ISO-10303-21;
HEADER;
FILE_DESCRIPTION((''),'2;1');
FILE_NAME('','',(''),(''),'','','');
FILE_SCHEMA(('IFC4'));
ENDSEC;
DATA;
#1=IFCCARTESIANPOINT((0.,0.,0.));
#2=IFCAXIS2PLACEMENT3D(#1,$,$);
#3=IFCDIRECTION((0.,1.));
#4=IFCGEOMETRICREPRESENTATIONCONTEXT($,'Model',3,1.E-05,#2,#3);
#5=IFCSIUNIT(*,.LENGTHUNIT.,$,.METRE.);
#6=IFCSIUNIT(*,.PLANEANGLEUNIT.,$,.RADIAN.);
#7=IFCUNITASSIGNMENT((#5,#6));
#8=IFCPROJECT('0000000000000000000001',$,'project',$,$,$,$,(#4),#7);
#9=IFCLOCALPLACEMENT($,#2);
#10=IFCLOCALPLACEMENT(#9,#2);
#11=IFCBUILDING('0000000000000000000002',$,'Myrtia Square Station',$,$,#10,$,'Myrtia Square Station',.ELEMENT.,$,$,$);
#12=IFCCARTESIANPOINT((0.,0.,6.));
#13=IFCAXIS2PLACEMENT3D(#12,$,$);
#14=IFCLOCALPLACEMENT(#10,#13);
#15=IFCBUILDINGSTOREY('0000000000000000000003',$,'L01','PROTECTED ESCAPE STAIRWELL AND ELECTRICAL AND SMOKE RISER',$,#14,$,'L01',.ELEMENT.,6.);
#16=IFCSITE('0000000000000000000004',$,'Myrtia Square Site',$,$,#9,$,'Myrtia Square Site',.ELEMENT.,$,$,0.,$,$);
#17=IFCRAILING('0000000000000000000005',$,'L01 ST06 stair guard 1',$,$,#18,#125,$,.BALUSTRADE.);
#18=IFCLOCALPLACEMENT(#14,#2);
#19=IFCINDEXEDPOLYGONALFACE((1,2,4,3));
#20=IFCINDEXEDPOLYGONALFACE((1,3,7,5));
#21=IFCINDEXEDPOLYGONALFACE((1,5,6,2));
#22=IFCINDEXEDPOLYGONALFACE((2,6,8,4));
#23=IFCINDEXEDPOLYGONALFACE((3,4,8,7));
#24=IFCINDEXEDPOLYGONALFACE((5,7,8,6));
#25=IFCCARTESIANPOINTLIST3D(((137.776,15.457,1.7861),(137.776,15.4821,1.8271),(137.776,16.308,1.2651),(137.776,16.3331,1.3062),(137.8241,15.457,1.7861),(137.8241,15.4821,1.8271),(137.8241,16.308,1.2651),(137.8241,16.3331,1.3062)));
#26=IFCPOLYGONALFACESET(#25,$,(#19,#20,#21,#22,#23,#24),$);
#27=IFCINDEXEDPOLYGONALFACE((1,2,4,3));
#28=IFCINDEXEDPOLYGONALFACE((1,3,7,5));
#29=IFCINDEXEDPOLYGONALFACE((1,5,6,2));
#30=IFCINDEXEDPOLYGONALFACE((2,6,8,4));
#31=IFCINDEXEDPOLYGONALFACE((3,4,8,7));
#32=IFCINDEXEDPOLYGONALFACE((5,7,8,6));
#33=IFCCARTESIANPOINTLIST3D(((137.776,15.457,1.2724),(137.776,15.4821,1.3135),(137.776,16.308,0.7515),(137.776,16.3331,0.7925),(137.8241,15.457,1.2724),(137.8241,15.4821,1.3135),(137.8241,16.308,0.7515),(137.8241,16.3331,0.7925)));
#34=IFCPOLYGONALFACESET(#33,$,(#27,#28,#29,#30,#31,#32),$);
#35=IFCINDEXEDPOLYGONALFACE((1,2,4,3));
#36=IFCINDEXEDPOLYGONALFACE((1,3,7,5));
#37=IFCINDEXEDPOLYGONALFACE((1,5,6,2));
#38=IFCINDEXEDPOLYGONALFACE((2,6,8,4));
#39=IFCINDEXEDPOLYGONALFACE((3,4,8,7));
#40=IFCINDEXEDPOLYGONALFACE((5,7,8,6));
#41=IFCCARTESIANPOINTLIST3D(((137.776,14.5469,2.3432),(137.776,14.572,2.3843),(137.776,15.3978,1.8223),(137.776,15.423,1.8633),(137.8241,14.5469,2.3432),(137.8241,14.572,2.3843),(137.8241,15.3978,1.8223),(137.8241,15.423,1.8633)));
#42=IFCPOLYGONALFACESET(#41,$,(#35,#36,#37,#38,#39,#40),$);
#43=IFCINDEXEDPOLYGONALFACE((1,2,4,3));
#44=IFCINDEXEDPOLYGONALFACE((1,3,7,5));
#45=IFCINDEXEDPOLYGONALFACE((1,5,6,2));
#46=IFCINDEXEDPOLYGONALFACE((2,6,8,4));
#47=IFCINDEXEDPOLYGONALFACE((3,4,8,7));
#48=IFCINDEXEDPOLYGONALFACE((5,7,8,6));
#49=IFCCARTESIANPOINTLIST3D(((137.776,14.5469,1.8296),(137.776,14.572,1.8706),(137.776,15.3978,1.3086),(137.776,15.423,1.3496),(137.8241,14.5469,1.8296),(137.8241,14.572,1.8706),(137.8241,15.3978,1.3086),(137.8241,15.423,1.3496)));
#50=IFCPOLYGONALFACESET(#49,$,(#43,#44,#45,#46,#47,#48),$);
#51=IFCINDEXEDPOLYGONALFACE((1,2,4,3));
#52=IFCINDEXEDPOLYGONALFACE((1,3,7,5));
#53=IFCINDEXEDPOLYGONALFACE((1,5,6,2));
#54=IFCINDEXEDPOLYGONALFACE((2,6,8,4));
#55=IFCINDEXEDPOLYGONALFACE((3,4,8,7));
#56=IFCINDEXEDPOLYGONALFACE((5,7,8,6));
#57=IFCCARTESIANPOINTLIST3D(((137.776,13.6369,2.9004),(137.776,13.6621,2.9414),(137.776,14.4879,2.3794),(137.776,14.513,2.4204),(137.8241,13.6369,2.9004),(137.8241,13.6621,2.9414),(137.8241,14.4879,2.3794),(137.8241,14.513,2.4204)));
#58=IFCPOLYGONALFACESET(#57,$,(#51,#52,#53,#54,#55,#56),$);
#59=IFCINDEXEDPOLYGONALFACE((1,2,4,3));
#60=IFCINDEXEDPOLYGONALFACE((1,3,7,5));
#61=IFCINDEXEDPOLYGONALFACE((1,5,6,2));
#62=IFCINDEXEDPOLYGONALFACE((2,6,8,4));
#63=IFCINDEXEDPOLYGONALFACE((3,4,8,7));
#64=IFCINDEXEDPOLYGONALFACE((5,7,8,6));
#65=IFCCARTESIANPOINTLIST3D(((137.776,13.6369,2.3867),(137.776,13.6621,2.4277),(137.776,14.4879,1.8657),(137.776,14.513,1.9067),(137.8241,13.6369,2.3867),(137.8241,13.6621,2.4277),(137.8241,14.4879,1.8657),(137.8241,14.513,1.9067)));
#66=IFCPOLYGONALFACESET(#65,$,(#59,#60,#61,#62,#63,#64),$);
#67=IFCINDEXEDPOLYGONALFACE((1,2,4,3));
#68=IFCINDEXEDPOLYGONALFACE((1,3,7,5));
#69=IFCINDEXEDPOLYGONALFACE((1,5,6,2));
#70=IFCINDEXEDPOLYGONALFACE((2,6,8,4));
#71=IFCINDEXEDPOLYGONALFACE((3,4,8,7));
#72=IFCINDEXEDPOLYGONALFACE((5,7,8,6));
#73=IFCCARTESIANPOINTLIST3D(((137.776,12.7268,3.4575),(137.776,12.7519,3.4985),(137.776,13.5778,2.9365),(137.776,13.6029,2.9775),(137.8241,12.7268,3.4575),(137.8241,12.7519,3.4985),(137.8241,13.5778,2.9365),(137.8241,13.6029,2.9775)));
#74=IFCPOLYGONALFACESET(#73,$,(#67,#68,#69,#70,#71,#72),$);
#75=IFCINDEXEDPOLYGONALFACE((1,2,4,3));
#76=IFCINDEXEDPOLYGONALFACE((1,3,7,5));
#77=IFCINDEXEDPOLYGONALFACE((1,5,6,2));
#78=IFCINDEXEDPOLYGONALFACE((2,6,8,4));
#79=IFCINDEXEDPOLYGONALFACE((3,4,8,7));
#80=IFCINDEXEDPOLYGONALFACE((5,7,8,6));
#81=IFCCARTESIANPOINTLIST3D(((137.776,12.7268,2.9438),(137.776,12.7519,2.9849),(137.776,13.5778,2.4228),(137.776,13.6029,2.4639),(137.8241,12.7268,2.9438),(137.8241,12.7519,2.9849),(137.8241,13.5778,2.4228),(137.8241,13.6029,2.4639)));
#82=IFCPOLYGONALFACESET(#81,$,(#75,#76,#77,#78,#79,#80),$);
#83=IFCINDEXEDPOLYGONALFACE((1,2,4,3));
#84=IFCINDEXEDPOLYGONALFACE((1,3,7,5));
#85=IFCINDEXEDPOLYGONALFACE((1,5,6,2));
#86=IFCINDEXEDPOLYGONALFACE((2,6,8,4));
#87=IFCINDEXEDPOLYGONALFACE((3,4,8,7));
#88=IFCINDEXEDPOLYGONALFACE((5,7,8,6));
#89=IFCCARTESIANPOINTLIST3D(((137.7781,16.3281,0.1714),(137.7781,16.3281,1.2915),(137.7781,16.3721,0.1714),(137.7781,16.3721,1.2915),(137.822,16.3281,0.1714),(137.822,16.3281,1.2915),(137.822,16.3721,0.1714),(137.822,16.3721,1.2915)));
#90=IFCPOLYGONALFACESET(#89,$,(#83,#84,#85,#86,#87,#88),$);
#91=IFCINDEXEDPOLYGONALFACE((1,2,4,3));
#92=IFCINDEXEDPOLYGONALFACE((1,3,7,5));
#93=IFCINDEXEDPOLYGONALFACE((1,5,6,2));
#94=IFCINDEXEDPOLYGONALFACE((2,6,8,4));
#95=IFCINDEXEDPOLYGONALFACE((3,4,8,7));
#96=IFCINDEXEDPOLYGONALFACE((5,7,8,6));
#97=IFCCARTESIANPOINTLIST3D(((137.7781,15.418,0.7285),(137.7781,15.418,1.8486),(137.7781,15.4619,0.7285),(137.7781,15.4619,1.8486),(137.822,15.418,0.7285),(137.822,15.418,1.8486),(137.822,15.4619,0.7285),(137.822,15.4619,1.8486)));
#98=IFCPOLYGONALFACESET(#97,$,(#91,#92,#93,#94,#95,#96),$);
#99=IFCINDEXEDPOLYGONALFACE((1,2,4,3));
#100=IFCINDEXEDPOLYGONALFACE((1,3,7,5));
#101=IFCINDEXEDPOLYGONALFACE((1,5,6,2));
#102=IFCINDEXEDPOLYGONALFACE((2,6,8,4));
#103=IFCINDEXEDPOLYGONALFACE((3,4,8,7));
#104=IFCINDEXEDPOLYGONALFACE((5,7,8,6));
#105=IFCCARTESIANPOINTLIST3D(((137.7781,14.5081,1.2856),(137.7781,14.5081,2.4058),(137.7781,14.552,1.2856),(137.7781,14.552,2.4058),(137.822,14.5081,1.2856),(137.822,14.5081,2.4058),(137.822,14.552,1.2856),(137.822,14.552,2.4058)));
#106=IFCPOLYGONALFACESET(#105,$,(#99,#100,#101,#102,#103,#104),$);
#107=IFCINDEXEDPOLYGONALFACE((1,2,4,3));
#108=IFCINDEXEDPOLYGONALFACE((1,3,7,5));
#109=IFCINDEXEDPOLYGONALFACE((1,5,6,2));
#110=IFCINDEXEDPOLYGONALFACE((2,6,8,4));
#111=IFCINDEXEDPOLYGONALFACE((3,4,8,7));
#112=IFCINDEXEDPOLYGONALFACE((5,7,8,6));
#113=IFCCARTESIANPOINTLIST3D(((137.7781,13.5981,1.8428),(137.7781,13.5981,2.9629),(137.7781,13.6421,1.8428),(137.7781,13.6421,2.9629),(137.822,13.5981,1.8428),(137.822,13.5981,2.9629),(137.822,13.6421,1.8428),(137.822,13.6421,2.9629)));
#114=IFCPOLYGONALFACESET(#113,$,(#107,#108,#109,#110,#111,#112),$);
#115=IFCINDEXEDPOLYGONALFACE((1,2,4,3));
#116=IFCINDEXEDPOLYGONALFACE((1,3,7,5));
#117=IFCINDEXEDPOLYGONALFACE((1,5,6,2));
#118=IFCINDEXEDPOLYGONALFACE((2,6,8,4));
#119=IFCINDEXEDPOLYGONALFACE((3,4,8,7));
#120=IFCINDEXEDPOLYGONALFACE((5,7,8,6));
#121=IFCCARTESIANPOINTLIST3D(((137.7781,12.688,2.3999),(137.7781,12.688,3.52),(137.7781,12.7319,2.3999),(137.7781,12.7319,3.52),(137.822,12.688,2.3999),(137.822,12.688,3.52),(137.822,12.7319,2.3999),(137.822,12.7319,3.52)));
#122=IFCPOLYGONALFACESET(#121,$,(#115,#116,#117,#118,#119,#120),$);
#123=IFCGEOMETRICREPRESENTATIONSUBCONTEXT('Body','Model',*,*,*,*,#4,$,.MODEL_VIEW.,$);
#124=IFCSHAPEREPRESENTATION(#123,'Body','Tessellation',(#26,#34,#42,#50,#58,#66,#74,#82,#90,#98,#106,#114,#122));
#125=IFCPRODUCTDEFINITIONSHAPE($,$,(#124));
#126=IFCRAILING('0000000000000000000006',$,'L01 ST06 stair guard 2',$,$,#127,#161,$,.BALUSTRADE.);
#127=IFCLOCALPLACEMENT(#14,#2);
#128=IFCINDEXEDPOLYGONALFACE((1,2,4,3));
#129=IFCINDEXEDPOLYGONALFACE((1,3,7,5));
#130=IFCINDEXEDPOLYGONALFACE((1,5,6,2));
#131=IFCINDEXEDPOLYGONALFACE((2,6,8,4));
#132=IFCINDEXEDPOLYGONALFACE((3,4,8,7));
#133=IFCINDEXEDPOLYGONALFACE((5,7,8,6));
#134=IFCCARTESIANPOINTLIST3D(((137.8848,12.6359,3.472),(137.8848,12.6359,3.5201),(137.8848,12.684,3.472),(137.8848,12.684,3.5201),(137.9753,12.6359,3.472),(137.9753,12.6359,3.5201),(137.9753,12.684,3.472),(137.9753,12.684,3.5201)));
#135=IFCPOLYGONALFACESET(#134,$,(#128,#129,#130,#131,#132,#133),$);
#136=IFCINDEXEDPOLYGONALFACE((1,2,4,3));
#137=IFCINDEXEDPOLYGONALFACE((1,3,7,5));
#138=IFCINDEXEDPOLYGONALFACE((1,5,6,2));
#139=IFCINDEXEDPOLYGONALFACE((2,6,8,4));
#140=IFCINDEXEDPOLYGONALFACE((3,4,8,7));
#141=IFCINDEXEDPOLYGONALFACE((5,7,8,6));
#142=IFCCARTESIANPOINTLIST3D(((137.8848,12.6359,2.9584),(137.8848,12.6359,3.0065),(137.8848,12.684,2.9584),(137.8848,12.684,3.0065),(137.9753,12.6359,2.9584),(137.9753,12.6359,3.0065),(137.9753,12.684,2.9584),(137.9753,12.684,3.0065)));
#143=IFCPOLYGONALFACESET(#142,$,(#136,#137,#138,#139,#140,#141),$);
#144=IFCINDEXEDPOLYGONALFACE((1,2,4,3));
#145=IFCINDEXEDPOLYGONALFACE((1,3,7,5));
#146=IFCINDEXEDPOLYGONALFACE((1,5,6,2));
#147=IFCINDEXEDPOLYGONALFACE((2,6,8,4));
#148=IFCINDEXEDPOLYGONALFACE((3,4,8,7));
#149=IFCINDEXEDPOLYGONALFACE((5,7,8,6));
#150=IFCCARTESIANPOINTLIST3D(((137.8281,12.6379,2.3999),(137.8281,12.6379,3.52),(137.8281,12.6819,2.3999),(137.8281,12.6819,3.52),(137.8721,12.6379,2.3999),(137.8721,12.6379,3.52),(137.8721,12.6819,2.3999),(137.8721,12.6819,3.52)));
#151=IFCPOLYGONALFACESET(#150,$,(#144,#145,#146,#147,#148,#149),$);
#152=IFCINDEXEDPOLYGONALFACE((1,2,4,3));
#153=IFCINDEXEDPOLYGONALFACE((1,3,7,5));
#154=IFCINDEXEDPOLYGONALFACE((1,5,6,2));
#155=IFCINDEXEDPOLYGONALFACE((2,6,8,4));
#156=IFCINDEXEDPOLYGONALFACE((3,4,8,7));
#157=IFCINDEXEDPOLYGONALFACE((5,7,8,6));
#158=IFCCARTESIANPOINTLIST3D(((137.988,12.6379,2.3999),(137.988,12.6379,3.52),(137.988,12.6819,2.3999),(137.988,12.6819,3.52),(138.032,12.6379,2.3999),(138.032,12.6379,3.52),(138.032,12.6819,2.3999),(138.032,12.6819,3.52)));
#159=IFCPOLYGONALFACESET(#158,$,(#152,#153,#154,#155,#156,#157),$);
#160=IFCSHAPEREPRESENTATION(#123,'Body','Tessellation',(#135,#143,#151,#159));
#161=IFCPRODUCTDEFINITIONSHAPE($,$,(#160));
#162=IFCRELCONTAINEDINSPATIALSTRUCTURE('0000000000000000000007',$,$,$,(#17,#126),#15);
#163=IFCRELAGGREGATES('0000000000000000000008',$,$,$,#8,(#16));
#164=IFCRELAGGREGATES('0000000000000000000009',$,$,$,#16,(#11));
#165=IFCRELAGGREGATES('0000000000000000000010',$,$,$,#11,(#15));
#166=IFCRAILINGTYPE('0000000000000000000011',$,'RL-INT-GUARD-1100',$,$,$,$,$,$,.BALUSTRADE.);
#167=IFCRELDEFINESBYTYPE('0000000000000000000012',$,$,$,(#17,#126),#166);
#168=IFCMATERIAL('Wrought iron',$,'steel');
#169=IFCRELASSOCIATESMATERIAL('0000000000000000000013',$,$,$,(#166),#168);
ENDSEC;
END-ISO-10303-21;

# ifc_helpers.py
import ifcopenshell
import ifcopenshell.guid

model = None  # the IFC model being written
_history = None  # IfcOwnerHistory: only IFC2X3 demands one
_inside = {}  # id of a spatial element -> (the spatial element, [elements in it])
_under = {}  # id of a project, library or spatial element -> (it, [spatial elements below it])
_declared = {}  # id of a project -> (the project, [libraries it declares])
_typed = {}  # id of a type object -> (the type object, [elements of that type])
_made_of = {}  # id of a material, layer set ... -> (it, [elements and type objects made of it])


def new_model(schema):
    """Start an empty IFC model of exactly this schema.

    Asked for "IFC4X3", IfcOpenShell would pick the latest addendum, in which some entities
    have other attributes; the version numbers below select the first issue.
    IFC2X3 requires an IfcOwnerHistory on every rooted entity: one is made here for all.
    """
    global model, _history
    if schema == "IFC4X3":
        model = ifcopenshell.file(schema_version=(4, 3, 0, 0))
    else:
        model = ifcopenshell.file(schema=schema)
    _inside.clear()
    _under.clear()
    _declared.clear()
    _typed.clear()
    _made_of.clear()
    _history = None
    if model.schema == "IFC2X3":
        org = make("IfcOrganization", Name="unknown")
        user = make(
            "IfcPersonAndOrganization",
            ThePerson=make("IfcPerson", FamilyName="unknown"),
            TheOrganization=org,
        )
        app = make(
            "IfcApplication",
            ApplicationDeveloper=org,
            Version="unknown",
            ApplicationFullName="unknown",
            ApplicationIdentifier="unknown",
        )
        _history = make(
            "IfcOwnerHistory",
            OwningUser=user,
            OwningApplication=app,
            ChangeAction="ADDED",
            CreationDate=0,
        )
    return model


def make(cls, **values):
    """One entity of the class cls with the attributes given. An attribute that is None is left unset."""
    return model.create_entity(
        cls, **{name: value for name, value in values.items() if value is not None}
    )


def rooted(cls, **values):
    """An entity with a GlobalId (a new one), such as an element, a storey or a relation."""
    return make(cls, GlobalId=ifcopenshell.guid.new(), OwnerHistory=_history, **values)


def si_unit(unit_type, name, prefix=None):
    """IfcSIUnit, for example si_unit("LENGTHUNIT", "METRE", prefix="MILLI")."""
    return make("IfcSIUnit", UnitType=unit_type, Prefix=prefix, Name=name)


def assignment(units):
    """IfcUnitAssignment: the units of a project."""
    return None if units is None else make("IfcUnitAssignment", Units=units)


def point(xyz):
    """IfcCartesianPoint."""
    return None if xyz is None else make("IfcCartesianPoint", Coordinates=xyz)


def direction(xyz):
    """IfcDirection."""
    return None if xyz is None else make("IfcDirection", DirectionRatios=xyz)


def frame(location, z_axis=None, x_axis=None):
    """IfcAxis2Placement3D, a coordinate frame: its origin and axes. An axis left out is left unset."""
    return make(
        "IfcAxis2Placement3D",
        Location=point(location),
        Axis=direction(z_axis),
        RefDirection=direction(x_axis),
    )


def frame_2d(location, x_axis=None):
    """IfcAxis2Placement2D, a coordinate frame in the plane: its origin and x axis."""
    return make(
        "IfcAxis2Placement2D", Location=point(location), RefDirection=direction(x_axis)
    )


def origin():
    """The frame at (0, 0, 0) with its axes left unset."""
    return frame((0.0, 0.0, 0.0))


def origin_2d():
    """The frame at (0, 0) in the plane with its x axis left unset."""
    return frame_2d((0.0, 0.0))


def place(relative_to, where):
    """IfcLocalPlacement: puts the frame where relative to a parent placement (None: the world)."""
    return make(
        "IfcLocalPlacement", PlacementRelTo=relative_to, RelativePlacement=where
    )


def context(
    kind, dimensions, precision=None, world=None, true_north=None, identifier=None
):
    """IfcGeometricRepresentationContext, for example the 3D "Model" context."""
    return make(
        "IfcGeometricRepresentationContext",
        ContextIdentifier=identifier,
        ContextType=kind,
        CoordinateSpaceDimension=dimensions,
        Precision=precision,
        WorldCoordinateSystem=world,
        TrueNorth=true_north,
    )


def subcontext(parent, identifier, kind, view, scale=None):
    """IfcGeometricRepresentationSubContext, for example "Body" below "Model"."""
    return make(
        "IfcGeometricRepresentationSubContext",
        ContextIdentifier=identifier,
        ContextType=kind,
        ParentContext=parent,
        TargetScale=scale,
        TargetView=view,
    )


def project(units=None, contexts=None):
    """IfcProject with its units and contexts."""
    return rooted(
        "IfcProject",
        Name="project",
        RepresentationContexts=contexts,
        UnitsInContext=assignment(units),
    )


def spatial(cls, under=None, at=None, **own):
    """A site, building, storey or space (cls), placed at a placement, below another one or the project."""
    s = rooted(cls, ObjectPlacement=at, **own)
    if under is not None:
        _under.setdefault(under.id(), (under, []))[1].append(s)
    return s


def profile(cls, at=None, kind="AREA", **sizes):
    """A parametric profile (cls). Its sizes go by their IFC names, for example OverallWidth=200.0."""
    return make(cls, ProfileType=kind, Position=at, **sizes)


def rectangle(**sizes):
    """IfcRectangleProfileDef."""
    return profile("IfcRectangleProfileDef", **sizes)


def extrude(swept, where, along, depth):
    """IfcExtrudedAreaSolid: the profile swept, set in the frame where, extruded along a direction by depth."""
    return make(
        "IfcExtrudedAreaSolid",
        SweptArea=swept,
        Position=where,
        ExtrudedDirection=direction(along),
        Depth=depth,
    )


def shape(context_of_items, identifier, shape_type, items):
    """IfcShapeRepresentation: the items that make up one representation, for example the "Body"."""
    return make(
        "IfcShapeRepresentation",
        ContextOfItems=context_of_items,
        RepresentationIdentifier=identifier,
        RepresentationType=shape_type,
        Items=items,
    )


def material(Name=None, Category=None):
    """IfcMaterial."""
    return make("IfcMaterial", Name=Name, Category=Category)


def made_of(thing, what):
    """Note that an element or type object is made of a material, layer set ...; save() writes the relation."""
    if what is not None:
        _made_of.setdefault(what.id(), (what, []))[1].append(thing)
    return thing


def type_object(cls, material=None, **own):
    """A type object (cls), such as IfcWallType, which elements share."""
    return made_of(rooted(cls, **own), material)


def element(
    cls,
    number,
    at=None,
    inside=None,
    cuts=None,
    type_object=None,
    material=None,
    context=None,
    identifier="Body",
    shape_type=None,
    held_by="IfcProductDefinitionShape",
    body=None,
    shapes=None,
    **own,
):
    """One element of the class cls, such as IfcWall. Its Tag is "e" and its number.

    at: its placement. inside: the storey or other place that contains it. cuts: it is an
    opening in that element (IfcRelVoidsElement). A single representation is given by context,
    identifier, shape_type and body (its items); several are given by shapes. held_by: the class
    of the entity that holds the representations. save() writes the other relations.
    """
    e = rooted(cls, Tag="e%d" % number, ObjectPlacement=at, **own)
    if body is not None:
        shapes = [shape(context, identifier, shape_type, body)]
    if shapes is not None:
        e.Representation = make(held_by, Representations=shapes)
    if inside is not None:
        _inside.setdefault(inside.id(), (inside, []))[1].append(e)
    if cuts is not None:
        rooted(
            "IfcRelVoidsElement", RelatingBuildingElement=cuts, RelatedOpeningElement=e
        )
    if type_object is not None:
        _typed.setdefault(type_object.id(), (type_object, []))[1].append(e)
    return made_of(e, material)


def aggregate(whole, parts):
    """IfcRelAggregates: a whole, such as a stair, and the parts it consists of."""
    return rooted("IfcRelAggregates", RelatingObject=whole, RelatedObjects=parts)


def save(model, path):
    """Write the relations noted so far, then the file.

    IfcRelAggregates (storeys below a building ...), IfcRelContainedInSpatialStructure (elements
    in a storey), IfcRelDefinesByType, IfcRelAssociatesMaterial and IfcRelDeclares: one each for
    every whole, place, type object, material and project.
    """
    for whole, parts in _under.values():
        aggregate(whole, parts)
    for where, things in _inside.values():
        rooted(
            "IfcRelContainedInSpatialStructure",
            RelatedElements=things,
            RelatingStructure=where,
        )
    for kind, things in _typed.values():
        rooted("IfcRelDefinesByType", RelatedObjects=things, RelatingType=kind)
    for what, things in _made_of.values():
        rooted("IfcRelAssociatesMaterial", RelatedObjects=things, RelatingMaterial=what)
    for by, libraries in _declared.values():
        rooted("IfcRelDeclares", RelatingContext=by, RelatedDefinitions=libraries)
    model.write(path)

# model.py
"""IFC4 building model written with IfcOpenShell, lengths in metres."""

from ifc_helpers import new_model, si_unit, direction, frame, origin, origin_2d, place, context, subcontext, project, spatial, rectangle, extrude, material, type_object, element, save


model = new_model("IFC4")

# Units and contexts
model_context = context("Model", 3, precision=1e-05, world=origin(), true_north=direction((0.0, 1.0)))
body_context = subcontext(model_context, "Body", "Model", "MODEL_VIEW")
ifc_project = project(units=[si_unit("LENGTHUNIT", "METRE"), si_unit("PLANEANGLEUNIT", "RADIAN")], contexts=[model_context])

# Site, building, storey
site_placement = place(None, origin())
site = spatial("IfcSite", under=ifc_project, at=site_placement, Name="Myrtia Square Site", LongName="Myrtia Square Site", CompositionType="ELEMENT", RefElevation=0.0)
building_placement = place(site_placement, origin())
building = spatial("IfcBuilding", under=site, at=building_placement, Name="Myrtia Square Station", LongName="Myrtia Square Station", CompositionType="ELEMENT")
storey_placement = place(building_placement, frame((0.0, 0.0, 6.0)))
storey = spatial("IfcBuildingStorey", under=building, at=storey_placement, Name="L01", Description="PROTECTED ESCAPE STAIRWELL AND ELECTRICAL AND SMOKE RISER", LongName="L01", CompositionType="ELEMENT", Elevation=6.0)

# Railings
ifc_material_1 = material(Name="Wrought iron", Category="steel")
railing_type_1 = type_object("IfcRailingType", Name="RL-INT-GUARD-1100", PredefinedType="BALUSTRADE", material=ifc_material_1)
railing_1_placement = place(storey_placement, frame((137.8, 16.3501, 0.1714)))
element("IfcRailing", 1, at=railing_1_placement, inside=storey, type_object=railing_type_1, Name="L01 ST06 stair guard 1", PredefinedType="BALUSTRADE", context=body_context, shape_type="SweptSolid", body=[
    extrude(rectangle(XDim=0.0481, YDim=0.0481, at=origin_2d()), frame((0.0, -0.0295, 1.1143), z_axis=(0.0, -0.852866, 0.52213), x_axis=(1.0, 0.0, 0.0)), (0.0, 0.0, 1.0), 0.9978),
    extrude(rectangle(XDim=0.0481, YDim=0.0481, at=origin_2d()), frame((0.0, -0.0295, 0.6006), z_axis=(0.0, -0.852866, 0.52213), x_axis=(1.0, 0.0, 0.0)), (0.0, 0.0, 1.0), 0.9978),
    extrude(rectangle(XDim=0.0481, YDim=0.0481, at=origin_2d()), frame((0.0, -0.9397, 1.6714), z_axis=(0.0, -0.852866, 0.52213), x_axis=(1.0, 0.0, 0.0)), (0.0, 0.0, 1.0), 0.9978),
    extrude(rectangle(XDim=0.0481, YDim=0.0481, at=origin_2d()), frame((0.0, -0.9397, 1.1577), z_axis=(0.0, -0.852866, 0.52213), x_axis=(1.0, 0.0, 0.0)), (0.0, 0.0, 1.0), 0.9978),
    extrude(rectangle(XDim=0.0481, YDim=0.0481, at=origin_2d()), frame((0.0, -1.8496, 2.2285), z_axis=(0.0, -0.852866, 0.52213), x_axis=(1.0, 0.0, 0.0)), (0.0, 0.0, 1.0), 0.9978),
    extrude(rectangle(XDim=0.0481, YDim=0.0481, at=origin_2d()), frame((0.0, -1.8496, 1.7148), z_axis=(0.0, -0.852866, 0.52213), x_axis=(1.0, 0.0, 0.0)), (0.0, 0.0, 1.0), 0.9978),
    extrude(rectangle(XDim=0.0481, YDim=0.0481, at=origin_2d()), frame((0.0, -2.7598, 2.7856), z_axis=(0.0, -0.852866, 0.52213), x_axis=(1.0, 0.0, 0.0)), (0.0, 0.0, 1.0), 0.9978),
    extrude(rectangle(XDim=0.0481, YDim=0.0481, at=origin_2d()), frame((0.0, -2.7598, 2.272), z_axis=(0.0, -0.852866, 0.52213), x_axis=(1.0, 0.0, 0.0)), (0.0, 0.0, 1.0), 0.9978),
    extrude(rectangle(XDim=0.0439, YDim=0.0439, at=origin_2d()), origin(), (0.0, 0.0, 1.0), 1.1201),
    extrude(rectangle(XDim=0.0439, YDim=0.0439, at=origin_2d()), frame((0.0, -0.9102, 0.5571)), (0.0, 0.0, 1.0), 1.1201),
    extrude(rectangle(XDim=0.0439, YDim=0.0439, at=origin_2d()), frame((0.0, -1.8201, 1.1143)), (0.0, 0.0, 1.0), 1.1201),
    extrude(rectangle(XDim=0.0439, YDim=0.0439, at=origin_2d()), frame((0.0, -2.73, 1.6714)), (0.0, 0.0, 1.0), 1.1201),
    extrude(rectangle(XDim=0.0439, YDim=0.0439, at=origin_2d()), frame((0.0, -3.6401, 2.2285)), (0.0, 0.0, 1.0), 1.1201),
])
railing_2_placement = place(storey_placement, frame((137.8501, 12.6599, 2.3999)))
element("IfcRailing", 2, at=railing_2_placement, inside=storey, type_object=railing_type_1, Name="L01 ST06 stair guard 2", PredefinedType="BALUSTRADE", context=body_context, shape_type="SweptSolid", body=[
    extrude(rectangle(XDim=0.0481, YDim=0.0481, at=origin_2d()), frame((0.0347, 0.0, 1.0962), z_axis=(1.0, 0.0, 0.0), x_axis=(0.0, 1.0, 0.0)), (0.0, 0.0, 1.0), 0.0906),
    extrude(rectangle(XDim=0.0481, YDim=0.0481, at=origin_2d()), frame((0.0347, 0.0, 0.5825), z_axis=(1.0, 0.0, 0.0), x_axis=(0.0, 1.0, 0.0)), (0.0, 0.0, 1.0), 0.0906),
    extrude(rectangle(XDim=0.0439, YDim=0.0439, at=origin_2d()), origin(), (0.0, 0.0, 1.0), 1.1201),
    extrude(rectangle(XDim=0.0439, YDim=0.0439, at=origin_2d()), frame((0.1599, 0.0, 0.0)), (0.0, 0.0, 1.0), 1.1201),
])

save(model, "model.ifc")
